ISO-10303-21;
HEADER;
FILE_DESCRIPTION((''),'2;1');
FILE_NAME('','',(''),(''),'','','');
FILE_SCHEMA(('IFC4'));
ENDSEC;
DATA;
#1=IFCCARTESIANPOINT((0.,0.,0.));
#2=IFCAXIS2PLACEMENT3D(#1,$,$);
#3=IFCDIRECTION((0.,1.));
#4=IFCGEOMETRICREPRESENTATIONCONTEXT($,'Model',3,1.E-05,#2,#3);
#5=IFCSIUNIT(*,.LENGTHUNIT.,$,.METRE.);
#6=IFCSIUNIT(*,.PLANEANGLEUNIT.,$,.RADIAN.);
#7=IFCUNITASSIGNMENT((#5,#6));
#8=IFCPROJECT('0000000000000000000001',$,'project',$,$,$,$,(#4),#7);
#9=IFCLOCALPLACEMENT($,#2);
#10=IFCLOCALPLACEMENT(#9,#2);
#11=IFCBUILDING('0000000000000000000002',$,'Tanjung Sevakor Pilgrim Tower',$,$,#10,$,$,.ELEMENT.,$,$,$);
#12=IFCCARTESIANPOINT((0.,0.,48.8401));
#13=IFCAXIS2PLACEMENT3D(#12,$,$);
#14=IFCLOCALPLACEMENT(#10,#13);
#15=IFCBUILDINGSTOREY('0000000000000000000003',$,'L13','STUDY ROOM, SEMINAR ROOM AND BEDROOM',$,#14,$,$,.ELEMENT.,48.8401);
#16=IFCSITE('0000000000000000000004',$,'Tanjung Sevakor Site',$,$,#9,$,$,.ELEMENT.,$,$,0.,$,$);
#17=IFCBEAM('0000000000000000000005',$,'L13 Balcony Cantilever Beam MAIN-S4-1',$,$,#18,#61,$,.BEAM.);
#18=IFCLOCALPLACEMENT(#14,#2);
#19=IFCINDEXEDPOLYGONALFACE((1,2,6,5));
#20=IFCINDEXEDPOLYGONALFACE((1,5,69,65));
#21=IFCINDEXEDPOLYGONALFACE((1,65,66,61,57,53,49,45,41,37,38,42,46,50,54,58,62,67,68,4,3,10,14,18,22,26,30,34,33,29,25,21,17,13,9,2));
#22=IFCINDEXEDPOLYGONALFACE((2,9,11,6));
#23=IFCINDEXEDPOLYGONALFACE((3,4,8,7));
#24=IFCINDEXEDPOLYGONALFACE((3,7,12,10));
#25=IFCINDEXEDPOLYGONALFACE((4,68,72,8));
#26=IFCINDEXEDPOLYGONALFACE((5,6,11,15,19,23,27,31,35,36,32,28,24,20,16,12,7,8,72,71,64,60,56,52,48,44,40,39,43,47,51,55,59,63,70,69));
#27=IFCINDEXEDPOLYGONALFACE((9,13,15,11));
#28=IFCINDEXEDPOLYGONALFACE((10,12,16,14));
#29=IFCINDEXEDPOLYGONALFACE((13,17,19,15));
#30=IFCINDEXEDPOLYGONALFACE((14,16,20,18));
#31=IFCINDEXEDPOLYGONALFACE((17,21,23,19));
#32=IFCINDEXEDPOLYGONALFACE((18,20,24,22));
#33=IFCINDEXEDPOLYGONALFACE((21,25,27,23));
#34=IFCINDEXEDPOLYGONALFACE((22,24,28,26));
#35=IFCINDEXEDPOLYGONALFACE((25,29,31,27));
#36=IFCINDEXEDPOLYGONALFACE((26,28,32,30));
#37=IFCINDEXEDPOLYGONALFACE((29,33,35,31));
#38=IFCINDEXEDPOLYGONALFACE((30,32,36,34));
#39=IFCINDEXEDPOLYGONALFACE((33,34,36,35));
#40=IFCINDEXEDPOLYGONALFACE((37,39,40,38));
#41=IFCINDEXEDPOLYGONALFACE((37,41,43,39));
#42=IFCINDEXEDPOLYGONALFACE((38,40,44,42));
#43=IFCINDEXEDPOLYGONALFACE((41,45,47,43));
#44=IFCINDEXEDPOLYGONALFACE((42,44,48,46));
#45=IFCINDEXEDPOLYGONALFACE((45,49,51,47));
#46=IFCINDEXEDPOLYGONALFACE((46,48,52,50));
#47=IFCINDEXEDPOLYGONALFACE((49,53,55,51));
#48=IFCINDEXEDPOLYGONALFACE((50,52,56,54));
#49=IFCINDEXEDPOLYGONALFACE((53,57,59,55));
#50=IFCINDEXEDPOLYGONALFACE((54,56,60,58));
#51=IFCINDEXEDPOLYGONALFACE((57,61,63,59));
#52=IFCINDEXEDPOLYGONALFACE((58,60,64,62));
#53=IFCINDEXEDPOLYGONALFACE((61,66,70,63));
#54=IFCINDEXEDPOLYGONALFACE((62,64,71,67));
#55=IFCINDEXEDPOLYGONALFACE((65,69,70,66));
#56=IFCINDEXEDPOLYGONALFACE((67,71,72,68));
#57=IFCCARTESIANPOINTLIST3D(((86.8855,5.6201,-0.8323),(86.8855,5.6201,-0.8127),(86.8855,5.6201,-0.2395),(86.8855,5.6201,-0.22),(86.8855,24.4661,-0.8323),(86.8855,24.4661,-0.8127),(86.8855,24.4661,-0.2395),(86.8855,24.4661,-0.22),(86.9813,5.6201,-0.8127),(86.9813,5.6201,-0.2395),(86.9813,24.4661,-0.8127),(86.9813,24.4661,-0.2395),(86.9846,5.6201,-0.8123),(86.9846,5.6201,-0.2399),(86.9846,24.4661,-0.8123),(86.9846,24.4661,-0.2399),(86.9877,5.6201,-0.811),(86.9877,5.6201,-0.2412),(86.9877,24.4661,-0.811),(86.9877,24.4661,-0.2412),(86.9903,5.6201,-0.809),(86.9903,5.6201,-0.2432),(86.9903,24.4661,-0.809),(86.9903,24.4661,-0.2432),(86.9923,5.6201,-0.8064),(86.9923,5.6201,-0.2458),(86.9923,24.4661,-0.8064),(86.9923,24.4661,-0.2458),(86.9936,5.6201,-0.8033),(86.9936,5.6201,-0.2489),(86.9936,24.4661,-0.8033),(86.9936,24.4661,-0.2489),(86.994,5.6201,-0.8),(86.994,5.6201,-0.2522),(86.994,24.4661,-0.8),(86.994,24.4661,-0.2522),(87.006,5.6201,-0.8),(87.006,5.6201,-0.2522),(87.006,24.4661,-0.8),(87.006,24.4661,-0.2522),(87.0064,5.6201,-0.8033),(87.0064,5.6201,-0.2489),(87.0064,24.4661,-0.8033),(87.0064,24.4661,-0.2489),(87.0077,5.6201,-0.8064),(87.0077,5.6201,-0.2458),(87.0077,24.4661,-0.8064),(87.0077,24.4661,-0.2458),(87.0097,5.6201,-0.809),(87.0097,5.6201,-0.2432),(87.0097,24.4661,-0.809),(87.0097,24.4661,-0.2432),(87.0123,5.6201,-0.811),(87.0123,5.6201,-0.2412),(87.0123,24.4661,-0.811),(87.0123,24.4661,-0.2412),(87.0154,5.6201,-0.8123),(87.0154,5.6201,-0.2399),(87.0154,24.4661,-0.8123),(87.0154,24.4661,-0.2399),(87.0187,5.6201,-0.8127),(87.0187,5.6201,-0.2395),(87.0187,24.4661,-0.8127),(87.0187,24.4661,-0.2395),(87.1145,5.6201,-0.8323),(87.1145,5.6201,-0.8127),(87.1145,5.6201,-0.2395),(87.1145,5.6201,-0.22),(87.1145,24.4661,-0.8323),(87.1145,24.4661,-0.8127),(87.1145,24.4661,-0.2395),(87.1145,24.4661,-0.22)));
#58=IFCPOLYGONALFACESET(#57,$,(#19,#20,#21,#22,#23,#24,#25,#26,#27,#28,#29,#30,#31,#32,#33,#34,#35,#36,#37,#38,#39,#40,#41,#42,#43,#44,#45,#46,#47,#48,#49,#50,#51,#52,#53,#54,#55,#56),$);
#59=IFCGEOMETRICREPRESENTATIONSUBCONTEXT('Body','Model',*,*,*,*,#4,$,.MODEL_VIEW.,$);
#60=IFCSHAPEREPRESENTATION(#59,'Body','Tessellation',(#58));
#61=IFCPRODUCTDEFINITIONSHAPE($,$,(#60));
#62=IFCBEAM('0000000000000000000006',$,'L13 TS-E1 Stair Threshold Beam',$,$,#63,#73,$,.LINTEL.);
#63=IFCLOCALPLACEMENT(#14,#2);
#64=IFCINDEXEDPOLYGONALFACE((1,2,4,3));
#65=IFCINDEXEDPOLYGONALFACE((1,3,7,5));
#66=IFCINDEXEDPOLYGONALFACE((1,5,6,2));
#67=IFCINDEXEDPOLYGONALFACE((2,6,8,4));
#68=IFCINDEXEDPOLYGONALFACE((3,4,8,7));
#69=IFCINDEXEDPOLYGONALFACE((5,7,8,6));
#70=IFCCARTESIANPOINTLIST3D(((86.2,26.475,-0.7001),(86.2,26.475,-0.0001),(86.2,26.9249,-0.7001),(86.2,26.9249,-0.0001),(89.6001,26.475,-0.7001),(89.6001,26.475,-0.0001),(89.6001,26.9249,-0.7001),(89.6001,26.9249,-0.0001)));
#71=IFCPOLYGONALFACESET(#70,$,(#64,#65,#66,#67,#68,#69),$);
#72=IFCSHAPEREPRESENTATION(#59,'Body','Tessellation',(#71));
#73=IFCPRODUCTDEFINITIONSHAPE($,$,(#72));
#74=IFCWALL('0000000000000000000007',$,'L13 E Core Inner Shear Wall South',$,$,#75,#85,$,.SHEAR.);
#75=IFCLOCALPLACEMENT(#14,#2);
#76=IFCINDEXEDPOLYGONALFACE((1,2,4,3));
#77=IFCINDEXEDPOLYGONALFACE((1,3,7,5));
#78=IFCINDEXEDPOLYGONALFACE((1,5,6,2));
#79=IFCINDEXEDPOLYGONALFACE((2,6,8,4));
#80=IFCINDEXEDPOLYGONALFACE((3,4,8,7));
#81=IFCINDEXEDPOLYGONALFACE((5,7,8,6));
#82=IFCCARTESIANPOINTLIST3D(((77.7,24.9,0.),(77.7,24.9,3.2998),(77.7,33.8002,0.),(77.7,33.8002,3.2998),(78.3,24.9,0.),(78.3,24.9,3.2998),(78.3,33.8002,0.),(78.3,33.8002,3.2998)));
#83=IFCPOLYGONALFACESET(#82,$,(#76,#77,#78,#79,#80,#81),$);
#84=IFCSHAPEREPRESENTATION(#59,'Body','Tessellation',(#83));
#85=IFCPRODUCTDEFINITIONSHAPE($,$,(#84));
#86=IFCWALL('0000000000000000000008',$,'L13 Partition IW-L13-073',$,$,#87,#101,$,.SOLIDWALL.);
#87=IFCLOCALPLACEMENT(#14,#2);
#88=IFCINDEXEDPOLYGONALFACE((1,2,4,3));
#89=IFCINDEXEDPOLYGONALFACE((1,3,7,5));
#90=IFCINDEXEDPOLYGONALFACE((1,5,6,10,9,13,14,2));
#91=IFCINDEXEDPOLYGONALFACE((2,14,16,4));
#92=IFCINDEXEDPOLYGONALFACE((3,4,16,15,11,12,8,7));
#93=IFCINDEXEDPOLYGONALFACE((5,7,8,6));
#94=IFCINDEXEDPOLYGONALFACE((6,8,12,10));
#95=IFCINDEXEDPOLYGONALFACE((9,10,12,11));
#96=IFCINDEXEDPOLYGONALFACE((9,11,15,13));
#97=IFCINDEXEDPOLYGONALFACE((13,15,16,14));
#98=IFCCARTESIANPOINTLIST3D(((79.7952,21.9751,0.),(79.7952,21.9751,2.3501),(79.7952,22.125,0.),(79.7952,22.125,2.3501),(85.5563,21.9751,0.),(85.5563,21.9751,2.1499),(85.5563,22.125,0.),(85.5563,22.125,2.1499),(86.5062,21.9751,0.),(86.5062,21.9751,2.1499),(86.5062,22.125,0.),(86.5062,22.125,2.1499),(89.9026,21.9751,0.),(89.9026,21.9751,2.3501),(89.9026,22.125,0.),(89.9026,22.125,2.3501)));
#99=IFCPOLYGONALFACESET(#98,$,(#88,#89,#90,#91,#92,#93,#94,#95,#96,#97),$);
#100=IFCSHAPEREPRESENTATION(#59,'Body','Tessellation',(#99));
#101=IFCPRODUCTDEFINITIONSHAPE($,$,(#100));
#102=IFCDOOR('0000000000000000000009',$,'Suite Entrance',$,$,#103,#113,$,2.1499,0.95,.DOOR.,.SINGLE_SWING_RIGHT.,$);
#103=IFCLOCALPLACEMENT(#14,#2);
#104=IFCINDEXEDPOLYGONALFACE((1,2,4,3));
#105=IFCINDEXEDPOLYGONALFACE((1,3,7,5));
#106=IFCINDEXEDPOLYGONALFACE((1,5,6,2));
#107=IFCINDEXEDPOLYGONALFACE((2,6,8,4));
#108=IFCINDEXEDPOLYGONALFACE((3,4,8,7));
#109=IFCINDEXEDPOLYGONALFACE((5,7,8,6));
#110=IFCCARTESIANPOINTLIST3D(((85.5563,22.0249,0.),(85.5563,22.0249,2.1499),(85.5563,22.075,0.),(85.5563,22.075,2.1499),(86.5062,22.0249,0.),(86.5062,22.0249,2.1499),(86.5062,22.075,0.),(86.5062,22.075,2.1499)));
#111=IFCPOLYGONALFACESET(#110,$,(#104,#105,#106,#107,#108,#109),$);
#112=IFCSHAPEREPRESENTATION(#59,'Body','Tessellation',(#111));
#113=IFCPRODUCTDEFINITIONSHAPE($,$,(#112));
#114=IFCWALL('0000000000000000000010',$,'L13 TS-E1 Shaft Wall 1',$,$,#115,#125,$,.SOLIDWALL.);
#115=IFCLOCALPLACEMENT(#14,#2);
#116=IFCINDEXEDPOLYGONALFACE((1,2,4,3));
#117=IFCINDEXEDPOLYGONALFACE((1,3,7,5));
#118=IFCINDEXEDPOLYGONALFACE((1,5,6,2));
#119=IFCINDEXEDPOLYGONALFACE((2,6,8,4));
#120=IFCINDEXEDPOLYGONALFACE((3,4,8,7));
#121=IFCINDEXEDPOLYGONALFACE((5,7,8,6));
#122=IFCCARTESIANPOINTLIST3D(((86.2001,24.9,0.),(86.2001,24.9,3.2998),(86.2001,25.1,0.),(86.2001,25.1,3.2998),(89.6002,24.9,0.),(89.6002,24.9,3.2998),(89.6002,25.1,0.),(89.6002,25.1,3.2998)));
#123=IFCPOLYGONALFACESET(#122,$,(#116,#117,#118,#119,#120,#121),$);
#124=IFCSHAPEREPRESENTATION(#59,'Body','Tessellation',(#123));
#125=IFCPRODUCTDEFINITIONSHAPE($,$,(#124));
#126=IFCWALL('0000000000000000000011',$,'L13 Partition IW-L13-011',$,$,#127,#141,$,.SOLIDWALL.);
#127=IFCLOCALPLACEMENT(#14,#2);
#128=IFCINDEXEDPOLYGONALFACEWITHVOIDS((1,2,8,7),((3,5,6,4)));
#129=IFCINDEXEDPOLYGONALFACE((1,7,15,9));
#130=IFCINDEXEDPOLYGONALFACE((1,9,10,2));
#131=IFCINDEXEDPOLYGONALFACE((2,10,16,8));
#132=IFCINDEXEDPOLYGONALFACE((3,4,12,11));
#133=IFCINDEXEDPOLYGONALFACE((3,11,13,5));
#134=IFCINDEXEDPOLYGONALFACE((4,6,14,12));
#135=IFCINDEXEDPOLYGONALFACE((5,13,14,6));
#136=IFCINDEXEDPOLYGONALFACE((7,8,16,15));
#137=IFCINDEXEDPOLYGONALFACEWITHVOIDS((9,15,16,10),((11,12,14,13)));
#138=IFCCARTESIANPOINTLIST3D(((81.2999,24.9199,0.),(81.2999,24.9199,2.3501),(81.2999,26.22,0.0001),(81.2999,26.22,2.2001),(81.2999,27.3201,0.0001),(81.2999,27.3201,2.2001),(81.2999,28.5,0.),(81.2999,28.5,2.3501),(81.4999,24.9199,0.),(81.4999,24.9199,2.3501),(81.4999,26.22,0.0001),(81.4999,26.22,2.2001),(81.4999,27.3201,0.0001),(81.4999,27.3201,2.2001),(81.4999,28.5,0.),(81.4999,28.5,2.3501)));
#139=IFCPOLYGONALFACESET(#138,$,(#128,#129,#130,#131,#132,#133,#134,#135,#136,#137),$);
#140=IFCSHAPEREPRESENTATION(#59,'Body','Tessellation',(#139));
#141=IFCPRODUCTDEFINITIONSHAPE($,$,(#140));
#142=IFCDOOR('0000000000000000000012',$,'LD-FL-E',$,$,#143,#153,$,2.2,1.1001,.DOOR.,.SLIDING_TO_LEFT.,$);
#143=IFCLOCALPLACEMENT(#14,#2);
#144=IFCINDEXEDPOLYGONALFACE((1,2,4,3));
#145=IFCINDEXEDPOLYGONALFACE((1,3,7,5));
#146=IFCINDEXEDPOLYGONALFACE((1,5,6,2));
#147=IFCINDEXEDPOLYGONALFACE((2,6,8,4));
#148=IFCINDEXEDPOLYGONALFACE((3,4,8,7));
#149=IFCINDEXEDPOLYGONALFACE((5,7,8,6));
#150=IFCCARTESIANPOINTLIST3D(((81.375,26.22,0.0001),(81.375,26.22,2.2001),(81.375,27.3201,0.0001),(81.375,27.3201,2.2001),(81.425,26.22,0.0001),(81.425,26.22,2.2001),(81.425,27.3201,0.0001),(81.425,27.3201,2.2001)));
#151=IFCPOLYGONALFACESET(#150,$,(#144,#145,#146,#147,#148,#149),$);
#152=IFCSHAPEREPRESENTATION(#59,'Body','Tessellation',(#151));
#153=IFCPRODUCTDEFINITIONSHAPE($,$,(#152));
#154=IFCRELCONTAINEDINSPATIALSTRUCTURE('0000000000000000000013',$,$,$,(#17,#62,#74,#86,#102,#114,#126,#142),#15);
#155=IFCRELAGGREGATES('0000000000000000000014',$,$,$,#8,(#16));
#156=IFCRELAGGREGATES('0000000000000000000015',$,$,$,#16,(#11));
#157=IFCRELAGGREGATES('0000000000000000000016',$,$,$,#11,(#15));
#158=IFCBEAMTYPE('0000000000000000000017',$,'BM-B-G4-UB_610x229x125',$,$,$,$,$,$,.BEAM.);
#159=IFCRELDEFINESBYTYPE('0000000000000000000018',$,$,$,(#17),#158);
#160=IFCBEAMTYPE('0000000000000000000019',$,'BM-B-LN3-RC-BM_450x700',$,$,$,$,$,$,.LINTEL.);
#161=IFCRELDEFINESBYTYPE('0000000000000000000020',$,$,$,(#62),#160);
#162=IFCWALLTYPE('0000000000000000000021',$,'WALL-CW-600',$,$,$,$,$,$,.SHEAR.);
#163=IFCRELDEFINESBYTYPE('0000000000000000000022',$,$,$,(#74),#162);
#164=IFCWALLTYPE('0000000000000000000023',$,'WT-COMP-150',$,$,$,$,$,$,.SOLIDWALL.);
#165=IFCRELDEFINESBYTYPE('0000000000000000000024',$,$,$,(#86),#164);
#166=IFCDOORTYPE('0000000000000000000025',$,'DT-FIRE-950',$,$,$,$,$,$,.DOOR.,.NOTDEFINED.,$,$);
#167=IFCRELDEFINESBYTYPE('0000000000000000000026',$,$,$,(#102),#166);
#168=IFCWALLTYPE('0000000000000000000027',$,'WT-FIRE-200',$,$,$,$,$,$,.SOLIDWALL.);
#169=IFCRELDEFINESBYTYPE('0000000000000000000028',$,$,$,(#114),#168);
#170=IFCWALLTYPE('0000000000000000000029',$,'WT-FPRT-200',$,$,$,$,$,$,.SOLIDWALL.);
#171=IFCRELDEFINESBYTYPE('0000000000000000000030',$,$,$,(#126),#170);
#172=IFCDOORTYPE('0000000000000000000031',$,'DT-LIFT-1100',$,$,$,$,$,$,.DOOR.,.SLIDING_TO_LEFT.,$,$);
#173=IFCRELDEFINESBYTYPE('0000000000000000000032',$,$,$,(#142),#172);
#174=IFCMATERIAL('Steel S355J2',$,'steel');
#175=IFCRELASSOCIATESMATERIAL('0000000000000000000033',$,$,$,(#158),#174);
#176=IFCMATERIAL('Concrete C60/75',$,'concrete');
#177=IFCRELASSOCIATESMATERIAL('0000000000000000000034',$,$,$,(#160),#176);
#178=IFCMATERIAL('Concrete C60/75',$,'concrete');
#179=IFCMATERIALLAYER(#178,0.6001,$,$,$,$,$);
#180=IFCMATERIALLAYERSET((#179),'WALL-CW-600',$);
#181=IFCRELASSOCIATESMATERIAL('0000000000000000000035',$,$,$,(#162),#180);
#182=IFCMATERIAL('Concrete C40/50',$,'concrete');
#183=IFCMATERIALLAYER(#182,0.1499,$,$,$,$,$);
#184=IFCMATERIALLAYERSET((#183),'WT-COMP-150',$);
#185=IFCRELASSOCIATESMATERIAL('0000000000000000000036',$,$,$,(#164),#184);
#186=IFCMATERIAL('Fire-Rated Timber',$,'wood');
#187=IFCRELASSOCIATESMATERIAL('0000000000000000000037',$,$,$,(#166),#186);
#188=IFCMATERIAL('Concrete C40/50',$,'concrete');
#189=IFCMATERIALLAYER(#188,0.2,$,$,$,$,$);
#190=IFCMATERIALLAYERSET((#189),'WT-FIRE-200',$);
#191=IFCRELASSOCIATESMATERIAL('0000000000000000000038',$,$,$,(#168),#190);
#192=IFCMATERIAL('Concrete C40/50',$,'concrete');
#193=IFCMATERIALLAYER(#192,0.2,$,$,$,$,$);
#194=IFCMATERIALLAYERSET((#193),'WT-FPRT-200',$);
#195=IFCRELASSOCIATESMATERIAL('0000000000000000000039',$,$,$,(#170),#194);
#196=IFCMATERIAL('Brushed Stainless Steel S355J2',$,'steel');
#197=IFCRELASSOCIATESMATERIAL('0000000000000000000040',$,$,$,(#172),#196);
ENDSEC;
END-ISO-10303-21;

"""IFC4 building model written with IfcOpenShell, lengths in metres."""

from ifc_helpers import new_model, si_unit, direction, frame, frame_2d, origin, origin_2d, place, context, subcontext, project, spatial, rectangle, i_section, extrude, material, layer, layer_set, material_profile, profile_set, type_object, element, fill, save


model = new_model("IFC4")

# Units and contexts
model_context = context("Model", 3, precision=1e-05, world=origin(), true_north=direction((0.0, 1.0)))
body_context = subcontext(model_context, "Body", "Model", "MODEL_VIEW")
ifc_project = project(units=[si_unit("LENGTHUNIT", "METRE"), si_unit("PLANEANGLEUNIT", "RADIAN")], contexts=[model_context])

# Site, building, storey
site_placement = place(None, origin())
site = spatial("IfcSite", under=ifc_project, at=site_placement, Name="Tanjung Sevakor Site", CompositionType="ELEMENT", RefElevation=0.0)
building_placement = place(site_placement, origin())
building = spatial("IfcBuilding", under=site, at=building_placement, Name="Tanjung Sevakor Pilgrim Tower", CompositionType="ELEMENT")
storey_placement = place(building_placement, frame((0.0, 0.0, 48.8401)))
storey = spatial("IfcBuildingStorey", under=building, at=storey_placement, Name="L13", Description="STUDY ROOM, SEMINAR ROOM AND BEDROOM", CompositionType="ELEMENT", Elevation=48.8401)

# Beams
ifc_material_1 = material(Name="Steel S355J2", Category="steel")
ifc_material_profile_1 = material_profile(ifc_material_1, i_section(OverallWidth=0.229, OverallDepth=0.6123, WebThickness=0.012, FlangeThickness=0.0195, FilletRadius=0.0127, at=origin_2d()))
ifc_profile_set_1 = profile_set([ifc_material_profile_1], Name="Steel S355J2")
beam_type_1 = type_object("IfcBeamType", Name="BM-B-G4-UB_610x229x125", PredefinedType="BEAM", material=ifc_profile_set_1)
beam_1_placement = place(storey_placement, frame((87.0, 24.4661, -0.5261), z_axis=(0.0, -1.0, 0.0), x_axis=(1.0, 0.0, 0.0)))
element("IfcBeam", 1, at=beam_1_placement, inside=storey, type_object=beam_type_1, Name="L13 Balcony Cantilever Beam MAIN-S4-1", PredefinedType="BEAM", context=body_context, shape_type="SweptSolid", body=[
    extrude(i_section(OverallWidth=0.229, OverallDepth=0.6123, WebThickness=0.012, FlangeThickness=0.0195, FilletRadius=0.0127, at=origin_2d()), origin(), (0.0, 0.0, 1.0), 18.8459),
])
ifc_material_2 = material(Name="Concrete C60/75", Category="concrete")
ifc_material_profile_2 = material_profile(ifc_material_2, rectangle(XDim=0.45, YDim=0.7, at=origin_2d()))
ifc_profile_set_2 = profile_set([ifc_material_profile_2], Name="Concrete C60/75")
beam_type_2 = type_object("IfcBeamType", Name="BM-B-LN3-RC-BM_450x700", PredefinedType="LINTEL", material=ifc_profile_set_2)
beam_2_placement = place(storey_placement, frame((86.2, 26.7, -0.3501), z_axis=(1.0, 0.0, 0.0), x_axis=(0.0, 1.0, 0.0)))
element("IfcBeam", 2, at=beam_2_placement, inside=storey, type_object=beam_type_2, Name="L13 TS-E1 Stair Threshold Beam", PredefinedType="LINTEL", context=body_context, shape_type="SweptSolid", body=[
    extrude(rectangle(XDim=0.45, YDim=0.7, at=origin_2d()), origin(), (0.0, 0.0, 1.0), 3.4001),
])

# Wall
ifc_material_3 = material(Name="Concrete C60/75", Category="concrete")
ifc_layer_1 = layer(ifc_material_3, 0.6001)
ifc_layer_set_1 = layer_set([ifc_layer_1], Name="WALL-CW-600")
wall_type_1 = type_object("IfcWallType", Name="WALL-CW-600", PredefinedType="SHEAR", material=ifc_layer_set_1)
wall_1_placement = place(storey_placement, frame((78.0, 24.8999, 0.0), z_axis=(0.0, 0.0, 1.0), x_axis=(0.0, 1.0, 0.0)))
element("IfcWall", 3, at=wall_1_placement, inside=storey, type_object=wall_type_1, Name="L13 E Core Inner Shear Wall South", PredefinedType="SHEAR", context=body_context, shape_type="SweptSolid", body=[
    extrude(rectangle(XDim=8.9001, YDim=0.6001, at=frame_2d((4.4502, 0.0))), origin(), (0.0, 0.0, 1.0), 3.2998),
])

# Wall, opening, door
ifc_material_4 = material(Name="Concrete C40/50", Category="concrete")
ifc_layer_2 = layer(ifc_material_4, 0.1499)
ifc_layer_set_2 = layer_set([ifc_layer_2], Name="WT-COMP-150")
wall_type_2 = type_object("IfcWallType", Name="WT-COMP-150", PredefinedType="SOLIDWALL", material=ifc_layer_set_2)
ifc_material_5 = material(Name="Fire-Rated Timber", Category="wood")
door_type_1 = type_object("IfcDoorType", Name="DT-FIRE-950", OperationType="NOTDEFINED", PredefinedType="DOOR", material=ifc_material_5)
wall_2_placement = place(storey_placement, frame((79.7952, 22.05, 0.0), z_axis=(0.0, 0.0, 1.0), x_axis=(1.0, 0.0, 0.0)))
wall_2 = element("IfcWall", 4, at=wall_2_placement, inside=storey, type_object=wall_type_2, Name="L13 Partition IW-L13-073", PredefinedType="SOLIDWALL", context=body_context, shape_type="SweptSolid", body=[
    extrude(rectangle(XDim=10.1074, YDim=0.1499, at=frame_2d((5.0537, 0.0))), origin(), (0.0, 0.0, 1.0), 2.3501),
])
opening_1_placement = place(wall_2_placement, frame((5.761, 0.0, 0.0)))
opening_1 = element("IfcOpeningElement", 5, at=opening_1_placement, cuts=wall_2, PredefinedType="OPENING", context=body_context, shape_type="SweptSolid", body=[
    extrude(rectangle(XDim=0.95, YDim=2.1499, at=frame_2d((0.4751, 1.075))), frame((0.0, 0.085, 0.0), z_axis=(0.0, -1.0, 0.0), x_axis=(1.0, 0.0, 0.0)), (0.0, 0.0, 1.0), 0.1699),
])
door_1_placement = place(opening_1_placement, origin())
door_1 = element("IfcDoor", 6, at=door_1_placement, inside=storey, type_object=door_type_1, Name="Suite Entrance", OperationType="SINGLE_SWING_RIGHT", OverallHeight=2.1499, OverallWidth=0.95, PredefinedType="DOOR", context=body_context, shape_type="SweptSolid", body=[
    extrude(rectangle(XDim=0.95, YDim=2.1499, at=frame_2d((0.4751, 1.075))), frame((0.0, 0.0249, 0.0), z_axis=(0.0, -1.0, 0.0), x_axis=(1.0, 0.0, 0.0)), (0.0, 0.0, 1.0), 0.05),
])
fill(opening_1, door_1)

# Wall
ifc_material_6 = material(Name="Concrete C40/50", Category="concrete")
ifc_layer_3 = layer(ifc_material_6, 0.2)
ifc_layer_set_3 = layer_set([ifc_layer_3], Name="WT-FIRE-200")
wall_type_3 = type_object("IfcWallType", Name="WT-FIRE-200", PredefinedType="SOLIDWALL", material=ifc_layer_set_3)
wall_3_placement = place(storey_placement, frame((86.2, 25.0, 0.0), z_axis=(0.0, 0.0, 1.0), x_axis=(1.0, 0.0, 0.0)))
element("IfcWall", 7, at=wall_3_placement, inside=storey, type_object=wall_type_3, Name="L13 TS-E1 Shaft Wall 1", PredefinedType="SOLIDWALL", context=body_context, shape_type="SweptSolid", body=[
    extrude(rectangle(XDim=3.4001, YDim=0.2, at=frame_2d((1.7002, 0.0))), origin(), (0.0, 0.0, 1.0), 3.2998),
])

# Wall, opening, door
ifc_material_7 = material(Name="Concrete C40/50", Category="concrete")
ifc_layer_4 = layer(ifc_material_7, 0.2)
ifc_layer_set_4 = layer_set([ifc_layer_4], Name="WT-FPRT-200")
wall_type_4 = type_object("IfcWallType", Name="WT-FPRT-200", PredefinedType="SOLIDWALL", material=ifc_layer_set_4)
wall_4_placement = place(storey_placement, frame((81.3999, 24.9199, 0.0), z_axis=(0.0, 0.0, 1.0), x_axis=(0.0, 1.0, 0.0)))
wall_4 = element("IfcWall", 8, at=wall_4_placement, inside=storey, type_object=wall_type_4, Name="L13 Partition IW-L13-011", PredefinedType="SOLIDWALL", context=body_context, shape_type="SweptSolid", body=[
    extrude(rectangle(XDim=3.5801, YDim=0.2, at=frame_2d((1.79, 0.0))), origin(), (0.0, 0.0, 1.0), 2.3501),
])
opening_2_placement = place(wall_4_placement, frame((1.3, 0.0, 0.0)))
opening_2 = element("IfcOpeningElement", 9, at=opening_2_placement, cuts=wall_4, PredefinedType="OPENING", context=body_context, shape_type="SweptSolid", body=[
    extrude(rectangle(XDim=1.1001, YDim=2.2, at=frame_2d((0.55, 1.1001))), frame((0.0, 0.1099, 0.0), z_axis=(0.0, -1.0, 0.0), x_axis=(1.0, 0.0, 0.0)), (0.0, 0.0, 1.0), 0.22),
])
ifc_material_8 = material(Name="Brushed Stainless Steel S355J2", Category="steel")
door_type_2 = type_object("IfcDoorType", Name="DT-LIFT-1100", OperationType="SLIDING_TO_LEFT", PredefinedType="DOOR", material=ifc_material_8)
door_2_placement = place(opening_2_placement, origin())
door_2 = element("IfcDoor", 10, at=door_2_placement, inside=storey, type_object=door_type_2, Name="LD-FL-E", OperationType="SLIDING_TO_LEFT", OverallHeight=2.2, OverallWidth=1.1001, PredefinedType="DOOR", context=body_context, shape_type="SweptSolid", body=[
    extrude(rectangle(XDim=1.1001, YDim=2.2, at=frame_2d((0.55, 1.1001))), frame((0.0, 0.0249, 0.0), z_axis=(0.0, -1.0, 0.0), x_axis=(1.0, 0.0, 0.0)), (0.0, 0.0, 1.0), 0.05),
])
fill(opening_2, door_2)

save(model, "model.ifc")
